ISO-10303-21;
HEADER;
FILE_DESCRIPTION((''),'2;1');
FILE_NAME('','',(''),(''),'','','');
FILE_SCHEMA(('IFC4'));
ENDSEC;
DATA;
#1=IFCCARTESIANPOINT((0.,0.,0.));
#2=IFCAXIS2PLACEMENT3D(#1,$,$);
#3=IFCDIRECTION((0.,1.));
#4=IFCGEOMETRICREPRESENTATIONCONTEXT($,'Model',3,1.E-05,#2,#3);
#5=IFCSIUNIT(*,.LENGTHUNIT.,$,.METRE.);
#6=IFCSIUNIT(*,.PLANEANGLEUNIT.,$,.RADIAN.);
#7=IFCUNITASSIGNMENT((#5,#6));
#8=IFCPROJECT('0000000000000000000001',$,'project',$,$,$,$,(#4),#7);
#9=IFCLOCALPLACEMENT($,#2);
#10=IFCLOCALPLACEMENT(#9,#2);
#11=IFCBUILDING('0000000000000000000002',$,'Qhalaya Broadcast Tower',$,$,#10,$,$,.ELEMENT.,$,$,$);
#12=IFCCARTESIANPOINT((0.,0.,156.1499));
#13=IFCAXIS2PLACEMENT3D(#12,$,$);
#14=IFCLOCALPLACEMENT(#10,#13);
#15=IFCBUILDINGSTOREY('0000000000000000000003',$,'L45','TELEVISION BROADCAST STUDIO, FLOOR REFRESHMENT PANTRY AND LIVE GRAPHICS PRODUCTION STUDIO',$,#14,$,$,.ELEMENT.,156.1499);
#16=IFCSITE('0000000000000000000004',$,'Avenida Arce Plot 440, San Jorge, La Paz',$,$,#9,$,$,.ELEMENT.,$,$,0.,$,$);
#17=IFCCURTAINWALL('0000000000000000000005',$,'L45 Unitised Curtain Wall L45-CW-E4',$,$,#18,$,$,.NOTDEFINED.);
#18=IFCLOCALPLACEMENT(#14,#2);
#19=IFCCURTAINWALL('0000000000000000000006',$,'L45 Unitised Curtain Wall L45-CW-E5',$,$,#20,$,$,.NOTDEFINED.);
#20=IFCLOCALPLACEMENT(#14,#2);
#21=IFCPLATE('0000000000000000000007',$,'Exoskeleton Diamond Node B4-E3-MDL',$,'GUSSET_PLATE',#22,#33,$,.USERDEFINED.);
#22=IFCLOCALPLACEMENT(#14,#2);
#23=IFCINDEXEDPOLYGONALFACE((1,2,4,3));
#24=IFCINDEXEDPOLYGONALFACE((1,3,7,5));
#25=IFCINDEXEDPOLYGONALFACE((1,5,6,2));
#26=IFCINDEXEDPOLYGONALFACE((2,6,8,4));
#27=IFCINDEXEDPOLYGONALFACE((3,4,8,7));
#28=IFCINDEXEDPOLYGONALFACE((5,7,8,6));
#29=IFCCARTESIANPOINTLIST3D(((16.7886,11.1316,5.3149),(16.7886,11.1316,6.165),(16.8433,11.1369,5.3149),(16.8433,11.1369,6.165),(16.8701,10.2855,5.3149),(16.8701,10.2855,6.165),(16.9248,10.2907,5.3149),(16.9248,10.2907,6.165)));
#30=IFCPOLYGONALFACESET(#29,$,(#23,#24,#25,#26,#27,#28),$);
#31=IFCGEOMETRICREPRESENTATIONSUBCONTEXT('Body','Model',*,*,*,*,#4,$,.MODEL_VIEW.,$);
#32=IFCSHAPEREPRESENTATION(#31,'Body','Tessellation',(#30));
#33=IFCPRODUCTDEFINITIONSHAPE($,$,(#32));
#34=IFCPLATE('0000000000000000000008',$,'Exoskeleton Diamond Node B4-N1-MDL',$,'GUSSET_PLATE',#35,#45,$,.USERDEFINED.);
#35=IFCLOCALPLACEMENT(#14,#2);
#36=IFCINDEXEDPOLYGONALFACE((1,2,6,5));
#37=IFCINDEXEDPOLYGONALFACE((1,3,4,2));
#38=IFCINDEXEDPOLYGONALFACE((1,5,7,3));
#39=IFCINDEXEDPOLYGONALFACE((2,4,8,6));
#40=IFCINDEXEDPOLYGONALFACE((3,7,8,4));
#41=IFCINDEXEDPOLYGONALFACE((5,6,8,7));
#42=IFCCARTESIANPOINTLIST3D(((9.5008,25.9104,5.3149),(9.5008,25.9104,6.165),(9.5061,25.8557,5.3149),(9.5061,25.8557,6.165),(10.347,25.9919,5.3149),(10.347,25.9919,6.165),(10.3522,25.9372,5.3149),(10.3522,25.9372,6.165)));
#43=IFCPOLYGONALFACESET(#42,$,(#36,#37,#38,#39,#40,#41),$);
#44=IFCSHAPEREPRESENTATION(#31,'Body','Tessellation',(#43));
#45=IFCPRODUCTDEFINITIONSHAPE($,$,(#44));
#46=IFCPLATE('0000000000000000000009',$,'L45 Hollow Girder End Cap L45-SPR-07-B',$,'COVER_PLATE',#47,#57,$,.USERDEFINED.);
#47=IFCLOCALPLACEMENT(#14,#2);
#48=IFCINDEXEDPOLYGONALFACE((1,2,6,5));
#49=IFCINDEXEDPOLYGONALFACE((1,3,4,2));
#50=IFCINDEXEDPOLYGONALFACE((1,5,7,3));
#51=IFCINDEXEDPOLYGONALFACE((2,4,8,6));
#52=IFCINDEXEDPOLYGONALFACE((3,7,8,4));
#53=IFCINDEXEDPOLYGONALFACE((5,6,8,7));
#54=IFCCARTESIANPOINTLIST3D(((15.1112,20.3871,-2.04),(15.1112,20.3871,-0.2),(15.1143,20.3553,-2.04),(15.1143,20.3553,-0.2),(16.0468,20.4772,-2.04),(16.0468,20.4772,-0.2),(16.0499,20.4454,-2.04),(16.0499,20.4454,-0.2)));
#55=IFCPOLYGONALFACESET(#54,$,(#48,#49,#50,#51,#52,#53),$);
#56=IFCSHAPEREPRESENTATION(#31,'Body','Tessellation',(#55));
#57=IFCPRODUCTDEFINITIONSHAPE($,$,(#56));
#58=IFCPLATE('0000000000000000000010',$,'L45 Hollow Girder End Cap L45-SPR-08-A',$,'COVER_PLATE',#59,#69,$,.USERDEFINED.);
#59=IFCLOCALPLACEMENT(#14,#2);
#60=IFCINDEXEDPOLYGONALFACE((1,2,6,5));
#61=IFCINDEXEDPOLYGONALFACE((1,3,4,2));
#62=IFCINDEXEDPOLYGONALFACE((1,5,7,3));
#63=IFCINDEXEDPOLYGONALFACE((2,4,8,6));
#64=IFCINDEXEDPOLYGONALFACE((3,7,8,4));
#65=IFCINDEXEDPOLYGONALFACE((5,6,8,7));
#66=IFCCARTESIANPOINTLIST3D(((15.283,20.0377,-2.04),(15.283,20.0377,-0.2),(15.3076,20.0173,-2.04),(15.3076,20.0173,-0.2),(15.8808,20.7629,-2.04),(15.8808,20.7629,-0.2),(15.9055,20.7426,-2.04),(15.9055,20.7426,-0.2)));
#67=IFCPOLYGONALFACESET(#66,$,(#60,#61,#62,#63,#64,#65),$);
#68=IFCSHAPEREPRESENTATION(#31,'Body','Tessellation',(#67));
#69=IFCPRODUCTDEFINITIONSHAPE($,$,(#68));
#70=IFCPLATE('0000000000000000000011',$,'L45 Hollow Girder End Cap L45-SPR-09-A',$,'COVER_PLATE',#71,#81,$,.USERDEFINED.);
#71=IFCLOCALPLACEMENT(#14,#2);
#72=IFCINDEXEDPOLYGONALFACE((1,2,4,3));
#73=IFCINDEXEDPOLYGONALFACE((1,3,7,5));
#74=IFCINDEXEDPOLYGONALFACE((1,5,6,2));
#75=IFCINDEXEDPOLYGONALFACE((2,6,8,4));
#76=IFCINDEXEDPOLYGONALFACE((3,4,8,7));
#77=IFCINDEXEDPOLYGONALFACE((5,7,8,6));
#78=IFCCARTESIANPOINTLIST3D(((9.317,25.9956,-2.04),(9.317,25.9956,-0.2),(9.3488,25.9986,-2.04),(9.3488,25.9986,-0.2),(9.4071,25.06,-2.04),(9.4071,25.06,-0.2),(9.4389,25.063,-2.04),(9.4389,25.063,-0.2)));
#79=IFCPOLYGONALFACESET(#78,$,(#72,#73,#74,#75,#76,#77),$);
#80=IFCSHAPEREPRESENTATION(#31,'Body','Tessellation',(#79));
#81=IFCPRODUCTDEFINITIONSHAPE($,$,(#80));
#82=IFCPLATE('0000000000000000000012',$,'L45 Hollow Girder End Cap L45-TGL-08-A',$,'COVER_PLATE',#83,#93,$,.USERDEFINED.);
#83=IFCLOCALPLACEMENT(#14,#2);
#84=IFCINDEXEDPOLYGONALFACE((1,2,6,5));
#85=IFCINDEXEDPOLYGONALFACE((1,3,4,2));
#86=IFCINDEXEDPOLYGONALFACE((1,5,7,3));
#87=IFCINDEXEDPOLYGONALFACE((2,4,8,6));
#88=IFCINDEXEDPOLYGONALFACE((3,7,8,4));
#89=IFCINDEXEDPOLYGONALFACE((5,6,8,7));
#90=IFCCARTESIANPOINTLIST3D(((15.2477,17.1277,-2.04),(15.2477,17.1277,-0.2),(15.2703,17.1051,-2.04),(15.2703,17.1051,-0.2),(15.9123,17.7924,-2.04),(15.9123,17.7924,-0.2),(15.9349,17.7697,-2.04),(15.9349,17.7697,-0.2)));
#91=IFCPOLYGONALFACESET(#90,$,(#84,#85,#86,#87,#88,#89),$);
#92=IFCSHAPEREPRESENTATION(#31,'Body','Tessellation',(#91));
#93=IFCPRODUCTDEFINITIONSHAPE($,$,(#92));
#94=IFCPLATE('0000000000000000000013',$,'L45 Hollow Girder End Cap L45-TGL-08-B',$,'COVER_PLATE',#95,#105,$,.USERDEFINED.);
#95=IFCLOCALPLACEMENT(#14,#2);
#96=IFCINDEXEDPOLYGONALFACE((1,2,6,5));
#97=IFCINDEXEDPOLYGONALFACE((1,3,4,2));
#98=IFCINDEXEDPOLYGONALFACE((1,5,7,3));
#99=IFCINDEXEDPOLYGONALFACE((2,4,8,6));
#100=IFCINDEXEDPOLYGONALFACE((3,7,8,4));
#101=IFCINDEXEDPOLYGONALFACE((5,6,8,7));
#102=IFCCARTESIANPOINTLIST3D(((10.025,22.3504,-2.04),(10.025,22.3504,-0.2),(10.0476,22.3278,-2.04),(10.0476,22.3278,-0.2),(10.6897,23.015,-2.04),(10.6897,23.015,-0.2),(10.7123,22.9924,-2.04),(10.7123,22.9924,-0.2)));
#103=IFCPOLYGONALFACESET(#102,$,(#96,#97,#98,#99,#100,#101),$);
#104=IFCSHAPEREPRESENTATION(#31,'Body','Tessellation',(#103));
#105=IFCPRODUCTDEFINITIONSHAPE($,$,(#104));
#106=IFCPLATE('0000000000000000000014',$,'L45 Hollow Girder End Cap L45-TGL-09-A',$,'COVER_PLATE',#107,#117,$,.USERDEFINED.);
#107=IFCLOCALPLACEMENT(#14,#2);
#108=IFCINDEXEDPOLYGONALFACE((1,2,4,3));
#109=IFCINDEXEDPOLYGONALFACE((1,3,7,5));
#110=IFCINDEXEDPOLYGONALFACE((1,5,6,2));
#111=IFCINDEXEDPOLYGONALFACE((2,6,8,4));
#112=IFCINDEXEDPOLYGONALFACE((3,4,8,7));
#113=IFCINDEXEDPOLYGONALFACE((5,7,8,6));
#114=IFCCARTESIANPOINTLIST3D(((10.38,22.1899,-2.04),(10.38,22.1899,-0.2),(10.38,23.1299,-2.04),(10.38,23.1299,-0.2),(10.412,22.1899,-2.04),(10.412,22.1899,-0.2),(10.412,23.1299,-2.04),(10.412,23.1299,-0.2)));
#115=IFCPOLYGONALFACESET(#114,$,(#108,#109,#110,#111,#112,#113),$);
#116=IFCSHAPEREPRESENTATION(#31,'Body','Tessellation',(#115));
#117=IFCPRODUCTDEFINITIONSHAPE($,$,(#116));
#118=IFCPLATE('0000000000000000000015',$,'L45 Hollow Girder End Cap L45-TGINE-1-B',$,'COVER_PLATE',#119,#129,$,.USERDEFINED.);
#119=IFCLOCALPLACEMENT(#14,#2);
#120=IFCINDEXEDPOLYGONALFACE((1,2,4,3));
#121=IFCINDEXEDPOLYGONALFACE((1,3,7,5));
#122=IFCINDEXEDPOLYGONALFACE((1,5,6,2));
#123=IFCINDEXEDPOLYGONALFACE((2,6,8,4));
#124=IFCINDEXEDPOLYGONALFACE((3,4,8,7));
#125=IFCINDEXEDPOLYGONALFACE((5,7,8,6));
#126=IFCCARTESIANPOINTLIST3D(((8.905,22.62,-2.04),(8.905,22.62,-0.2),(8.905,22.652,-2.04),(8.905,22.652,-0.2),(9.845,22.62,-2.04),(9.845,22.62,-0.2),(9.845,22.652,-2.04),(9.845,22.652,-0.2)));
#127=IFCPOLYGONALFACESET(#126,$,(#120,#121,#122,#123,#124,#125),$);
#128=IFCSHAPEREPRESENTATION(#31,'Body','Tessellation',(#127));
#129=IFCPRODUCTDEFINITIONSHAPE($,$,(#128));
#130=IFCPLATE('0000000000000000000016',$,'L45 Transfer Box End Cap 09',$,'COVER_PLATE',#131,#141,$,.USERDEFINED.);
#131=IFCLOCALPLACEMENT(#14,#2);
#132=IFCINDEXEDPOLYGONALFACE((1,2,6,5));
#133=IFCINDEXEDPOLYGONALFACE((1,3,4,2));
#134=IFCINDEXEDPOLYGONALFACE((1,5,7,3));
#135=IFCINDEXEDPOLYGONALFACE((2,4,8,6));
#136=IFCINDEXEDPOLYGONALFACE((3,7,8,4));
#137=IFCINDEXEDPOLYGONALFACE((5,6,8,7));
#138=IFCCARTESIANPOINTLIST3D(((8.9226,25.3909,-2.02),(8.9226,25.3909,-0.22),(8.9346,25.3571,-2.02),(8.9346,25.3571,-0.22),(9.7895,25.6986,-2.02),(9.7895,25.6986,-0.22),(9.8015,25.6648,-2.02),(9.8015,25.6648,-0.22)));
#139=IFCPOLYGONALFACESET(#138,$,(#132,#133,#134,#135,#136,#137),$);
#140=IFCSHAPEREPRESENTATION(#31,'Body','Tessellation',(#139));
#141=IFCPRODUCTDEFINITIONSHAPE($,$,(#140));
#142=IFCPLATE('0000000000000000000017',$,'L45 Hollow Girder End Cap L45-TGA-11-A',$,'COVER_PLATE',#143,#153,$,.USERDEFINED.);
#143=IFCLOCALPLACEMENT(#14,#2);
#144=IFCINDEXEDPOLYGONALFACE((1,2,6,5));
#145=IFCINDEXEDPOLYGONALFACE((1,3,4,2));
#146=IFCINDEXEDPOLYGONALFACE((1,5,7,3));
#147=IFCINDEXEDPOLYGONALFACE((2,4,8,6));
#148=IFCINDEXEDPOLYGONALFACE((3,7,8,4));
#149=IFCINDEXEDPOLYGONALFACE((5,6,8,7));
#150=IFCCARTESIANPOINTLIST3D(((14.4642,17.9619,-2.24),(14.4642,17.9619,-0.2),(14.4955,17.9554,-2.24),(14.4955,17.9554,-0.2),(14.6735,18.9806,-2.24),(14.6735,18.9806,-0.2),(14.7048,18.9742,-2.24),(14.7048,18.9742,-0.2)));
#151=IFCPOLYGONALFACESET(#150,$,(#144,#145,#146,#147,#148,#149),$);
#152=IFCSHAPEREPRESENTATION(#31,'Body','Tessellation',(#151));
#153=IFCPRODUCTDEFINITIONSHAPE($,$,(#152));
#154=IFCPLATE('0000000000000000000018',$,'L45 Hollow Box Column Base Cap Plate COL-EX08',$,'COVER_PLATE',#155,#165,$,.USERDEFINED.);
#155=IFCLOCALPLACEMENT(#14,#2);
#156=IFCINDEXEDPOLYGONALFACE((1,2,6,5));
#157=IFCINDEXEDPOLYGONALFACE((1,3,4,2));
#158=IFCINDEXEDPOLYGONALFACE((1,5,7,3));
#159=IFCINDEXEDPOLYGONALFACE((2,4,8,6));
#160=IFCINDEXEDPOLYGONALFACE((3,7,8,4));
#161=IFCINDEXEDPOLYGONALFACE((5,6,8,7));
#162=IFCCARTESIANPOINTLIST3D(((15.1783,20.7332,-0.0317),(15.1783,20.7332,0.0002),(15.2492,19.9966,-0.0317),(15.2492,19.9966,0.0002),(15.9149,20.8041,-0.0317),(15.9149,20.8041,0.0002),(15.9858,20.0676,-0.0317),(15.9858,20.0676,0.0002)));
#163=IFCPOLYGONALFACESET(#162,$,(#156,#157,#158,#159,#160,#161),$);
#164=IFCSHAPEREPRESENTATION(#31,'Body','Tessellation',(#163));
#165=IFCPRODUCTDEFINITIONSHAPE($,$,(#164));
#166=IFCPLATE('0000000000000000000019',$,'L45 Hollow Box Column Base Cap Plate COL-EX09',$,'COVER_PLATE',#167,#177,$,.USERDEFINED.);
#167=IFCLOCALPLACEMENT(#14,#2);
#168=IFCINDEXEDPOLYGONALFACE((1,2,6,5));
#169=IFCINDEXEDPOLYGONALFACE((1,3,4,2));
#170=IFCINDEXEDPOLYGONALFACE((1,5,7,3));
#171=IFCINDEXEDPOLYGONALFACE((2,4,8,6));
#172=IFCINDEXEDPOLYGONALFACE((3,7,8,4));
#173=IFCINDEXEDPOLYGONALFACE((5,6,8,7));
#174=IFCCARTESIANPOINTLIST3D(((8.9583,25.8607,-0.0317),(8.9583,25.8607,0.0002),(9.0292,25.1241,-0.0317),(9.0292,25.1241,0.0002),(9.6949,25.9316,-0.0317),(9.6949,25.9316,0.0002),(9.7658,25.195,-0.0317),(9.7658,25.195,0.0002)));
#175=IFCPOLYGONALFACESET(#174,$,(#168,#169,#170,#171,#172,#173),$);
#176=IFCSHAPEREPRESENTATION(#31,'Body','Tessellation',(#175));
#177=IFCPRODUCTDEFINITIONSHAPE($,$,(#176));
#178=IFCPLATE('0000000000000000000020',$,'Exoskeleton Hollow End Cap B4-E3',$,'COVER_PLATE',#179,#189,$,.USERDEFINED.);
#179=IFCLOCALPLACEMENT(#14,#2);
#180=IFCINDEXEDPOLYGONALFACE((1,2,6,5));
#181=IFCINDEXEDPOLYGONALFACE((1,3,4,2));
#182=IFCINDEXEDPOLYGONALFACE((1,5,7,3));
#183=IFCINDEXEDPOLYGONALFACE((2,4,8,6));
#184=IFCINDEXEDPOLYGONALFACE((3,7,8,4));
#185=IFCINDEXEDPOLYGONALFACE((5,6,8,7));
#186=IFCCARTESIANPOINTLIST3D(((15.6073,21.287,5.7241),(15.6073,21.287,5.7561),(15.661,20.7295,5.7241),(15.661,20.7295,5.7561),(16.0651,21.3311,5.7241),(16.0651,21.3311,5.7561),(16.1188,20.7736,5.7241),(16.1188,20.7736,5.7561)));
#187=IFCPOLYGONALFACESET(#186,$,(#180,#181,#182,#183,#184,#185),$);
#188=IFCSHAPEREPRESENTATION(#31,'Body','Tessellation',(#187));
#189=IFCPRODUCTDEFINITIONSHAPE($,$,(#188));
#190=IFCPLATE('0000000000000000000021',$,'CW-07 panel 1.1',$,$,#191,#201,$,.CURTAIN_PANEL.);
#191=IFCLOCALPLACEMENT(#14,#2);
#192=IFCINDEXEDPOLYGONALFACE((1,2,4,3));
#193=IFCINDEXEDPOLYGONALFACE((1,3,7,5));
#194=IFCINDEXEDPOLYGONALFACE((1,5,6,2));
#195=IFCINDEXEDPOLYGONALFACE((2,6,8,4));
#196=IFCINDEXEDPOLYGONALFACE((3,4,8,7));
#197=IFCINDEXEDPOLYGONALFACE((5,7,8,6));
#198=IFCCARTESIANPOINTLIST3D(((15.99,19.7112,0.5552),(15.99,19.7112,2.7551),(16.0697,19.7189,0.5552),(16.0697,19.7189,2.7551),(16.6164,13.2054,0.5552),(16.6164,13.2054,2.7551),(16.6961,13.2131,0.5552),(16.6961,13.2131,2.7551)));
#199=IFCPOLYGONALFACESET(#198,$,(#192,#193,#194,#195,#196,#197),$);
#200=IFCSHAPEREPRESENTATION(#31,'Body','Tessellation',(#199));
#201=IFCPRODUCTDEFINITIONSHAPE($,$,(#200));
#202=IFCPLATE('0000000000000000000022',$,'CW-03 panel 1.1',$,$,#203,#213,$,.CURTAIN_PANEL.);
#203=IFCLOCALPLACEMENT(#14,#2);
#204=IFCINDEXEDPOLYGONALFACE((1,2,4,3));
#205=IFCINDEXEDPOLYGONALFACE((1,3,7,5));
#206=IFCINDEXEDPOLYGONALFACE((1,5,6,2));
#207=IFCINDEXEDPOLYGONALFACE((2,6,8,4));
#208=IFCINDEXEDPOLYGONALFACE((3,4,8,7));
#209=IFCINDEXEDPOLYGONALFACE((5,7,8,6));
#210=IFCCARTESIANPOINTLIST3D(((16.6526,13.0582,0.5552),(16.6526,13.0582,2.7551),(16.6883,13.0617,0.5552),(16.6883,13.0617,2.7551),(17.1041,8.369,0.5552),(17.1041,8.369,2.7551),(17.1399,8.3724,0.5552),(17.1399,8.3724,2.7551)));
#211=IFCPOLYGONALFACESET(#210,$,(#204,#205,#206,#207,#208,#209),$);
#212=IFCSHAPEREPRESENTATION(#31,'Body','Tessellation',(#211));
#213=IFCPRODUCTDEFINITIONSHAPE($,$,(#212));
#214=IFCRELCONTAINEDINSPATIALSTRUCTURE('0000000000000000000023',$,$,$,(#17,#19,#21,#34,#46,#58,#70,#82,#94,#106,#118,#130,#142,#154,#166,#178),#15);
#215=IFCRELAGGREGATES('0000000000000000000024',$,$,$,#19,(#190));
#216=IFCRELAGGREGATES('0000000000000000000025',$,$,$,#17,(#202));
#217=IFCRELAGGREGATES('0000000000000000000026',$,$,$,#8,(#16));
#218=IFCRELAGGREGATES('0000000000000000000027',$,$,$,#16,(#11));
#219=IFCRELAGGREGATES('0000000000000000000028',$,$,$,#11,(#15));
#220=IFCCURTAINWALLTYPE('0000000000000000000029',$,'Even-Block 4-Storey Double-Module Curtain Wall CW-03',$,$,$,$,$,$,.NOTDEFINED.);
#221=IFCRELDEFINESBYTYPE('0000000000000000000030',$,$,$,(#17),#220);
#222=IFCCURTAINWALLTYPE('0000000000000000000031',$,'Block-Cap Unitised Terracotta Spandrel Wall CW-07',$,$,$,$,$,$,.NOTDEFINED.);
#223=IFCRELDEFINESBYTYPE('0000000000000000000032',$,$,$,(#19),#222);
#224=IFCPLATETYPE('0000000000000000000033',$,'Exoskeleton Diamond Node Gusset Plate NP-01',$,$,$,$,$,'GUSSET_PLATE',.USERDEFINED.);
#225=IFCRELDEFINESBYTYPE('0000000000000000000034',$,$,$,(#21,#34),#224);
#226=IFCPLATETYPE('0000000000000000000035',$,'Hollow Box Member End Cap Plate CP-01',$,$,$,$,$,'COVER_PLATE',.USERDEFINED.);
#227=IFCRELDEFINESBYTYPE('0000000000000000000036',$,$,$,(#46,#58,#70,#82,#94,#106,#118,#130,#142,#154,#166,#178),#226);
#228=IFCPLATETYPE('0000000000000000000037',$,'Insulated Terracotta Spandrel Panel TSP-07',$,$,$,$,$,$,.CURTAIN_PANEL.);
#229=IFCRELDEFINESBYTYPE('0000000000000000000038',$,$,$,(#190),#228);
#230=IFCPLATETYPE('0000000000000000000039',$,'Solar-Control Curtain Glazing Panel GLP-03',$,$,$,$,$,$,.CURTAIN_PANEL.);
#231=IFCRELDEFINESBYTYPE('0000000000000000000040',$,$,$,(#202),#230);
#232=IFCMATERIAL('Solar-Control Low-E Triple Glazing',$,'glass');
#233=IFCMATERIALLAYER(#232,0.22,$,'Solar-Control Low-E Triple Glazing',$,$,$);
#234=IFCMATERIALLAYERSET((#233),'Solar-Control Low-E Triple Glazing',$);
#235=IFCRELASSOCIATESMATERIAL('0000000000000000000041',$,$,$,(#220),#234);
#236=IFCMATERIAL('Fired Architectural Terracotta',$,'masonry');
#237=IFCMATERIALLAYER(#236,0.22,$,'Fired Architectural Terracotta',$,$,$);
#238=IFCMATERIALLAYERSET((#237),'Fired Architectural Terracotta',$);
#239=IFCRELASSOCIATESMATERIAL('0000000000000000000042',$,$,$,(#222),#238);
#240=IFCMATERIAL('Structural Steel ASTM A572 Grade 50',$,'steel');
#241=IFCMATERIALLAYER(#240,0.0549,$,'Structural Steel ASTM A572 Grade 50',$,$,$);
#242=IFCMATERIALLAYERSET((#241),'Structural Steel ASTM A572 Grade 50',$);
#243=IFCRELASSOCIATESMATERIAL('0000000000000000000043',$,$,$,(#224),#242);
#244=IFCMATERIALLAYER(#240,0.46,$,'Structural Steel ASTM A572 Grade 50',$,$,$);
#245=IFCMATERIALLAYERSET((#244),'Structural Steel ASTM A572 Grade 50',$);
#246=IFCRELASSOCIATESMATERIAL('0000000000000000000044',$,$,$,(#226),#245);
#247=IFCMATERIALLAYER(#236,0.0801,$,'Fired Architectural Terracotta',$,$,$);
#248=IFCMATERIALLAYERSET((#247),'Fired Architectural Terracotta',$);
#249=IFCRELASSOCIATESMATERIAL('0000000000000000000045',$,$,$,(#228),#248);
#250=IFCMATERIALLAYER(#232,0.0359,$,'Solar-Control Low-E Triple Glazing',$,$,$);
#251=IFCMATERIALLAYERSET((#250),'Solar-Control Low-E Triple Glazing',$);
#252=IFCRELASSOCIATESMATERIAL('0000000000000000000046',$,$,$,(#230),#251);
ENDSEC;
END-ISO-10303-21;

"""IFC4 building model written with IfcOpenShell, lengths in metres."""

from ifc_helpers import new_model, si_unit, direction, frame, origin, origin_2d, place, context, subcontext, project, spatial, rectangle, extrude, material, layer, layer_set, type_object, element, aggregate, save


model = new_model("IFC4")

# Units and contexts
model_context = context("Model", 3, precision=1e-05, world=origin(), true_north=direction((0.0, 1.0)))
body_context = subcontext(model_context, "Body", "Model", "MODEL_VIEW")
ifc_project = project(units=[si_unit("LENGTHUNIT", "METRE"), si_unit("PLANEANGLEUNIT", "RADIAN")], contexts=[model_context])

# Site, building, storey
site_placement = place(None, origin())
site = spatial("IfcSite", under=ifc_project, at=site_placement, Name="Avenida Arce Plot 440, San Jorge, La Paz", CompositionType="ELEMENT", RefElevation=0.0)
building_placement = place(site_placement, origin())
building = spatial("IfcBuilding", under=site, at=building_placement, Name="Qhalaya Broadcast Tower", CompositionType="ELEMENT")
storey_placement = place(building_placement, frame((0.0, 0.0, 156.1499)))
storey = spatial("IfcBuildingStorey", under=building, at=storey_placement, Name="L45", Description="TELEVISION BROADCAST STUDIO, FLOOR REFRESHMENT PANTRY AND LIVE GRAPHICS PRODUCTION STUDIO", CompositionType="ELEMENT", Elevation=156.1499)

# Shared definitions
ifc_material_1 = material(Name="Structural Steel ASTM A572 Grade 50", Category="steel")

# Curtain wall
ifc_material_2 = material(Name="Solar-Control Low-E Triple Glazing", Category="glass")
ifc_layer_1 = layer(ifc_material_2, 0.22, Name="Solar-Control Low-E Triple Glazing")
ifc_layer_set_1 = layer_set([ifc_layer_1], Name="Solar-Control Low-E Triple Glazing")
curtain_wall_type_1 = type_object("IfcCurtainWallType", Name="Even-Block 4-Storey Double-Module Curtain Wall CW-03", PredefinedType="NOTDEFINED", material=ifc_layer_set_1)
curtain_wall_1_placement = place(storey_placement, origin())
curtain_wall_1 = element("IfcCurtainWall", 1, at=curtain_wall_1_placement, inside=storey, type_object=curtain_wall_type_1, Name="L45 Unitised Curtain Wall L45-CW-E4", PredefinedType="NOTDEFINED")

# Curtain wall
ifc_material_3 = material(Name="Fired Architectural Terracotta", Category="masonry")
ifc_layer_2 = layer(ifc_material_3, 0.22, Name="Fired Architectural Terracotta")
ifc_layer_set_2 = layer_set([ifc_layer_2], Name="Fired Architectural Terracotta")
curtain_wall_type_2 = type_object("IfcCurtainWallType", Name="Block-Cap Unitised Terracotta Spandrel Wall CW-07", PredefinedType="NOTDEFINED", material=ifc_layer_set_2)
curtain_wall_2_placement = place(storey_placement, origin())
curtain_wall_2 = element("IfcCurtainWall", 2, at=curtain_wall_2_placement, inside=storey, type_object=curtain_wall_type_2, Name="L45 Unitised Curtain Wall L45-CW-E5", PredefinedType="NOTDEFINED")

# Plates
ifc_layer_3 = layer(ifc_material_1, 0.0549, Name="Structural Steel ASTM A572 Grade 50")
ifc_layer_set_3 = layer_set([ifc_layer_3], Name="Structural Steel ASTM A572 Grade 50")
plate_type_1 = type_object("IfcPlateType", Name="Exoskeleton Diamond Node Gusset Plate NP-01", ElementType="GUSSET_PLATE", PredefinedType="USERDEFINED", material=ifc_layer_set_3)
for number, where, z_axis, x_axis, name in (
    (3, (16.8567, 10.7112, 5.3149), (0.0, 0.0, 1.0), (-0.095846, 0.995396, 0.0), "Exoskeleton Diamond Node B4-E3-MDL"),
    (4, (9.9265, 25.9238, 5.3149), (0.0, 0.0, 1.0), (0.995396, 0.095846, 0.0), "Exoskeleton Diamond Node B4-N1-MDL"),
):
    element("IfcPlate", number, at=place(storey_placement, frame(where, z_axis=z_axis, x_axis=x_axis)), inside=storey, type_object=plate_type_1, Name=name, ObjectType="GUSSET_PLATE", PredefinedType="USERDEFINED", context=body_context, shape_type="SweptSolid", body=[
        extrude(rectangle(XDim=0.8501, YDim=0.0549, at=origin_2d()), origin(), (0.0, 0.0, 1.0), 0.8501),
    ])
ifc_layer_4 = layer(ifc_material_1, 0.46, Name="Structural Steel ASTM A572 Grade 50")
ifc_layer_set_4 = layer_set([ifc_layer_4], Name="Structural Steel ASTM A572 Grade 50")
plate_type_2 = type_object("IfcPlateType", Name="Hollow Box Member End Cap Plate CP-01", ElementType="COVER_PLATE", PredefinedType="USERDEFINED", material=ifc_layer_set_4)
for number, where, z_axis, x_axis, name in (
    (5, (15.5806, 20.4163, -2.04), (0.0, 0.0, 1.0), (-0.995396, -0.095846, 0.0), "L45 Hollow Girder End Cap L45-SPR-07-B"),
    (6, (15.5942, 20.3901, -2.04), (0.0, 0.0, 1.0), (-0.636078, -0.771625, 0.0), "L45 Hollow Girder End Cap L45-SPR-08-A"),
    (7, (9.3779, 25.5293, -2.04), (0.0, 0.0, 1.0), (0.095846, -0.995396, 0.0), "L45 Hollow Girder End Cap L45-SPR-09-A"),
    (8, (15.5913, 17.4487, -2.04), (0.0, 0.0, 1.0), (-0.707107, -0.707107, 0.0), "L45 Hollow Girder End Cap L45-TGL-08-A"),
    (9, (10.3687, 22.6714, -2.04), (0.0, 0.0, 1.0), (-0.707107, -0.707107, 0.0), "L45 Hollow Girder End Cap L45-TGL-08-B"),
    (10, (10.396, 22.6599, -2.04), (0.0, 0.0, 1.0), (0.0, -1.0, 0.0), "L45 Hollow Girder End Cap L45-TGL-09-A"),
    (11, (9.375, 22.636, -2.04), (0.0, 0.0, 1.0), (-1.0, 0.0, 0.0), "L45 Hollow Girder End Cap L45-TGINE-1-B"),
):
    element("IfcPlate", number, at=place(storey_placement, frame(where, z_axis=z_axis, x_axis=x_axis)), inside=storey, type_object=plate_type_2, Name=name, ObjectType="COVER_PLATE", PredefinedType="USERDEFINED", context=body_context, shape_type="SweptSolid", body=[
        extrude(rectangle(XDim=0.9399, YDim=0.032, at=origin_2d()), origin(), (0.0, 0.0, 1.0), 1.8401),
    ])
plate_1_placement = place(storey_placement, frame((9.3621, 25.5278, -2.02), z_axis=(0.0, 0.0, 1.0), x_axis=(-0.942385, -0.334531, 0.0)))
element("IfcPlate", 12, at=plate_1_placement, inside=storey, type_object=plate_type_2, Name="L45 Transfer Box End Cap 09", ObjectType="COVER_PLATE", PredefinedType="USERDEFINED", context=body_context, shape_type="SweptSolid", body=[
    extrude(rectangle(XDim=0.9199, YDim=0.0359, at=origin_2d()), origin(), (0.0, 0.0, 1.0), 1.8),
])
plate_2_placement = place(storey_placement, frame((14.5845, 18.468, -2.24), z_axis=(0.0, 0.0, 1.0), x_axis=(-0.201249, -0.97954, 0.0)))
element("IfcPlate", 13, at=plate_2_placement, inside=storey, type_object=plate_type_2, Name="L45 Hollow Girder End Cap L45-TGA-11-A", ObjectType="COVER_PLATE", PredefinedType="USERDEFINED", context=body_context, shape_type="SweptSolid", body=[
    extrude(rectangle(XDim=1.04, YDim=0.032, at=origin_2d()), origin(), (0.0, 0.0, 1.0), 2.04),
])
for number, where, z_axis, x_axis, name in (
    (14, (15.582, 20.4004, -0.0317), (0.0, 0.0, 1.0), (-0.095846, 0.995396, 0.0), "L45 Hollow Box Column Base Cap Plate COL-EX08"),
    (15, (9.3621, 25.5278, -0.0317), (0.0, 0.0, 1.0), (0.995396, 0.095846, 0.0), "L45 Hollow Box Column Base Cap Plate COL-EX09"),
):
    element("IfcPlate", number, at=place(storey_placement, frame(where, z_axis=z_axis, x_axis=x_axis)), inside=storey, type_object=plate_type_2, Name=name, ObjectType="COVER_PLATE", PredefinedType="USERDEFINED", context=body_context, shape_type="SweptSolid", body=[
        extrude(rectangle(XDim=0.74, YDim=0.74, at=origin_2d()), origin(), (0.0, 0.0, 1.0), 0.032),
    ])
plate_3_placement = place(storey_placement, frame((15.863, 21.0303, 5.7241), z_axis=(0.0, 0.0, 1.0), x_axis=(-0.095846, 0.995396, 0.0)))
element("IfcPlate", 16, at=plate_3_placement, inside=storey, type_object=plate_type_2, Name="Exoskeleton Hollow End Cap B4-E3", ObjectType="COVER_PLATE", PredefinedType="USERDEFINED", context=body_context, shape_type="SweptSolid", body=[
    extrude(rectangle(XDim=0.5601, YDim=0.46, at=origin_2d()), origin(), (0.0, 0.0, 1.0), 0.032),
])

# Plates
ifc_layer_5 = layer(ifc_material_3, 0.0801, Name="Fired Architectural Terracotta")
ifc_layer_set_5 = layer_set([ifc_layer_5], Name="Fired Architectural Terracotta")
plate_type_3 = type_object("IfcPlateType", Name="Insulated Terracotta Spandrel Panel TSP-07", PredefinedType="CURTAIN_PANEL", material=ifc_layer_set_5)
plate_4_placement = place(storey_placement, frame((16.343, 16.4622, 0.5552), z_axis=(0.0, 0.0, 1.0), x_axis=(-0.095842, 0.995397, 0.0)))
plate_4 = element("IfcPlate", 17, at=plate_4_placement, type_object=plate_type_3, Name="CW-07 panel 1.1", PredefinedType="CURTAIN_PANEL", context=body_context, shape_type="SweptSolid", body=[
    extrude(rectangle(XDim=6.5359, YDim=0.0801, at=origin_2d()), origin(), (0.0, 0.0, 1.0), 2.2),
])
aggregate(curtain_wall_2, [plate_4])
ifc_layer_6 = layer(ifc_material_2, 0.0359, Name="Solar-Control Low-E Triple Glazing")
ifc_layer_set_6 = layer_set([ifc_layer_6], Name="Solar-Control Low-E Triple Glazing")
plate_type_4 = type_object("IfcPlateType", Name="Solar-Control Curtain Glazing Panel GLP-03", PredefinedType="CURTAIN_PANEL", material=ifc_layer_set_6)
plate_5_placement = place(storey_placement, frame((16.8962, 10.7153, 0.5552), z_axis=(0.0, 0.0, 1.0), x_axis=(-0.095845, 0.995396, 0.0)))
plate_5 = element("IfcPlate", 18, at=plate_5_placement, type_object=plate_type_4, Name="CW-03 panel 1.1", PredefinedType="CURTAIN_PANEL", context=body_context, shape_type="SweptSolid", body=[
    extrude(rectangle(XDim=4.7109, YDim=0.0359, at=origin_2d()), origin(), (0.0, 0.0, 1.0), 2.2),
])
aggregate(curtain_wall_1, [plate_5])

save(model, "model.ifc")
